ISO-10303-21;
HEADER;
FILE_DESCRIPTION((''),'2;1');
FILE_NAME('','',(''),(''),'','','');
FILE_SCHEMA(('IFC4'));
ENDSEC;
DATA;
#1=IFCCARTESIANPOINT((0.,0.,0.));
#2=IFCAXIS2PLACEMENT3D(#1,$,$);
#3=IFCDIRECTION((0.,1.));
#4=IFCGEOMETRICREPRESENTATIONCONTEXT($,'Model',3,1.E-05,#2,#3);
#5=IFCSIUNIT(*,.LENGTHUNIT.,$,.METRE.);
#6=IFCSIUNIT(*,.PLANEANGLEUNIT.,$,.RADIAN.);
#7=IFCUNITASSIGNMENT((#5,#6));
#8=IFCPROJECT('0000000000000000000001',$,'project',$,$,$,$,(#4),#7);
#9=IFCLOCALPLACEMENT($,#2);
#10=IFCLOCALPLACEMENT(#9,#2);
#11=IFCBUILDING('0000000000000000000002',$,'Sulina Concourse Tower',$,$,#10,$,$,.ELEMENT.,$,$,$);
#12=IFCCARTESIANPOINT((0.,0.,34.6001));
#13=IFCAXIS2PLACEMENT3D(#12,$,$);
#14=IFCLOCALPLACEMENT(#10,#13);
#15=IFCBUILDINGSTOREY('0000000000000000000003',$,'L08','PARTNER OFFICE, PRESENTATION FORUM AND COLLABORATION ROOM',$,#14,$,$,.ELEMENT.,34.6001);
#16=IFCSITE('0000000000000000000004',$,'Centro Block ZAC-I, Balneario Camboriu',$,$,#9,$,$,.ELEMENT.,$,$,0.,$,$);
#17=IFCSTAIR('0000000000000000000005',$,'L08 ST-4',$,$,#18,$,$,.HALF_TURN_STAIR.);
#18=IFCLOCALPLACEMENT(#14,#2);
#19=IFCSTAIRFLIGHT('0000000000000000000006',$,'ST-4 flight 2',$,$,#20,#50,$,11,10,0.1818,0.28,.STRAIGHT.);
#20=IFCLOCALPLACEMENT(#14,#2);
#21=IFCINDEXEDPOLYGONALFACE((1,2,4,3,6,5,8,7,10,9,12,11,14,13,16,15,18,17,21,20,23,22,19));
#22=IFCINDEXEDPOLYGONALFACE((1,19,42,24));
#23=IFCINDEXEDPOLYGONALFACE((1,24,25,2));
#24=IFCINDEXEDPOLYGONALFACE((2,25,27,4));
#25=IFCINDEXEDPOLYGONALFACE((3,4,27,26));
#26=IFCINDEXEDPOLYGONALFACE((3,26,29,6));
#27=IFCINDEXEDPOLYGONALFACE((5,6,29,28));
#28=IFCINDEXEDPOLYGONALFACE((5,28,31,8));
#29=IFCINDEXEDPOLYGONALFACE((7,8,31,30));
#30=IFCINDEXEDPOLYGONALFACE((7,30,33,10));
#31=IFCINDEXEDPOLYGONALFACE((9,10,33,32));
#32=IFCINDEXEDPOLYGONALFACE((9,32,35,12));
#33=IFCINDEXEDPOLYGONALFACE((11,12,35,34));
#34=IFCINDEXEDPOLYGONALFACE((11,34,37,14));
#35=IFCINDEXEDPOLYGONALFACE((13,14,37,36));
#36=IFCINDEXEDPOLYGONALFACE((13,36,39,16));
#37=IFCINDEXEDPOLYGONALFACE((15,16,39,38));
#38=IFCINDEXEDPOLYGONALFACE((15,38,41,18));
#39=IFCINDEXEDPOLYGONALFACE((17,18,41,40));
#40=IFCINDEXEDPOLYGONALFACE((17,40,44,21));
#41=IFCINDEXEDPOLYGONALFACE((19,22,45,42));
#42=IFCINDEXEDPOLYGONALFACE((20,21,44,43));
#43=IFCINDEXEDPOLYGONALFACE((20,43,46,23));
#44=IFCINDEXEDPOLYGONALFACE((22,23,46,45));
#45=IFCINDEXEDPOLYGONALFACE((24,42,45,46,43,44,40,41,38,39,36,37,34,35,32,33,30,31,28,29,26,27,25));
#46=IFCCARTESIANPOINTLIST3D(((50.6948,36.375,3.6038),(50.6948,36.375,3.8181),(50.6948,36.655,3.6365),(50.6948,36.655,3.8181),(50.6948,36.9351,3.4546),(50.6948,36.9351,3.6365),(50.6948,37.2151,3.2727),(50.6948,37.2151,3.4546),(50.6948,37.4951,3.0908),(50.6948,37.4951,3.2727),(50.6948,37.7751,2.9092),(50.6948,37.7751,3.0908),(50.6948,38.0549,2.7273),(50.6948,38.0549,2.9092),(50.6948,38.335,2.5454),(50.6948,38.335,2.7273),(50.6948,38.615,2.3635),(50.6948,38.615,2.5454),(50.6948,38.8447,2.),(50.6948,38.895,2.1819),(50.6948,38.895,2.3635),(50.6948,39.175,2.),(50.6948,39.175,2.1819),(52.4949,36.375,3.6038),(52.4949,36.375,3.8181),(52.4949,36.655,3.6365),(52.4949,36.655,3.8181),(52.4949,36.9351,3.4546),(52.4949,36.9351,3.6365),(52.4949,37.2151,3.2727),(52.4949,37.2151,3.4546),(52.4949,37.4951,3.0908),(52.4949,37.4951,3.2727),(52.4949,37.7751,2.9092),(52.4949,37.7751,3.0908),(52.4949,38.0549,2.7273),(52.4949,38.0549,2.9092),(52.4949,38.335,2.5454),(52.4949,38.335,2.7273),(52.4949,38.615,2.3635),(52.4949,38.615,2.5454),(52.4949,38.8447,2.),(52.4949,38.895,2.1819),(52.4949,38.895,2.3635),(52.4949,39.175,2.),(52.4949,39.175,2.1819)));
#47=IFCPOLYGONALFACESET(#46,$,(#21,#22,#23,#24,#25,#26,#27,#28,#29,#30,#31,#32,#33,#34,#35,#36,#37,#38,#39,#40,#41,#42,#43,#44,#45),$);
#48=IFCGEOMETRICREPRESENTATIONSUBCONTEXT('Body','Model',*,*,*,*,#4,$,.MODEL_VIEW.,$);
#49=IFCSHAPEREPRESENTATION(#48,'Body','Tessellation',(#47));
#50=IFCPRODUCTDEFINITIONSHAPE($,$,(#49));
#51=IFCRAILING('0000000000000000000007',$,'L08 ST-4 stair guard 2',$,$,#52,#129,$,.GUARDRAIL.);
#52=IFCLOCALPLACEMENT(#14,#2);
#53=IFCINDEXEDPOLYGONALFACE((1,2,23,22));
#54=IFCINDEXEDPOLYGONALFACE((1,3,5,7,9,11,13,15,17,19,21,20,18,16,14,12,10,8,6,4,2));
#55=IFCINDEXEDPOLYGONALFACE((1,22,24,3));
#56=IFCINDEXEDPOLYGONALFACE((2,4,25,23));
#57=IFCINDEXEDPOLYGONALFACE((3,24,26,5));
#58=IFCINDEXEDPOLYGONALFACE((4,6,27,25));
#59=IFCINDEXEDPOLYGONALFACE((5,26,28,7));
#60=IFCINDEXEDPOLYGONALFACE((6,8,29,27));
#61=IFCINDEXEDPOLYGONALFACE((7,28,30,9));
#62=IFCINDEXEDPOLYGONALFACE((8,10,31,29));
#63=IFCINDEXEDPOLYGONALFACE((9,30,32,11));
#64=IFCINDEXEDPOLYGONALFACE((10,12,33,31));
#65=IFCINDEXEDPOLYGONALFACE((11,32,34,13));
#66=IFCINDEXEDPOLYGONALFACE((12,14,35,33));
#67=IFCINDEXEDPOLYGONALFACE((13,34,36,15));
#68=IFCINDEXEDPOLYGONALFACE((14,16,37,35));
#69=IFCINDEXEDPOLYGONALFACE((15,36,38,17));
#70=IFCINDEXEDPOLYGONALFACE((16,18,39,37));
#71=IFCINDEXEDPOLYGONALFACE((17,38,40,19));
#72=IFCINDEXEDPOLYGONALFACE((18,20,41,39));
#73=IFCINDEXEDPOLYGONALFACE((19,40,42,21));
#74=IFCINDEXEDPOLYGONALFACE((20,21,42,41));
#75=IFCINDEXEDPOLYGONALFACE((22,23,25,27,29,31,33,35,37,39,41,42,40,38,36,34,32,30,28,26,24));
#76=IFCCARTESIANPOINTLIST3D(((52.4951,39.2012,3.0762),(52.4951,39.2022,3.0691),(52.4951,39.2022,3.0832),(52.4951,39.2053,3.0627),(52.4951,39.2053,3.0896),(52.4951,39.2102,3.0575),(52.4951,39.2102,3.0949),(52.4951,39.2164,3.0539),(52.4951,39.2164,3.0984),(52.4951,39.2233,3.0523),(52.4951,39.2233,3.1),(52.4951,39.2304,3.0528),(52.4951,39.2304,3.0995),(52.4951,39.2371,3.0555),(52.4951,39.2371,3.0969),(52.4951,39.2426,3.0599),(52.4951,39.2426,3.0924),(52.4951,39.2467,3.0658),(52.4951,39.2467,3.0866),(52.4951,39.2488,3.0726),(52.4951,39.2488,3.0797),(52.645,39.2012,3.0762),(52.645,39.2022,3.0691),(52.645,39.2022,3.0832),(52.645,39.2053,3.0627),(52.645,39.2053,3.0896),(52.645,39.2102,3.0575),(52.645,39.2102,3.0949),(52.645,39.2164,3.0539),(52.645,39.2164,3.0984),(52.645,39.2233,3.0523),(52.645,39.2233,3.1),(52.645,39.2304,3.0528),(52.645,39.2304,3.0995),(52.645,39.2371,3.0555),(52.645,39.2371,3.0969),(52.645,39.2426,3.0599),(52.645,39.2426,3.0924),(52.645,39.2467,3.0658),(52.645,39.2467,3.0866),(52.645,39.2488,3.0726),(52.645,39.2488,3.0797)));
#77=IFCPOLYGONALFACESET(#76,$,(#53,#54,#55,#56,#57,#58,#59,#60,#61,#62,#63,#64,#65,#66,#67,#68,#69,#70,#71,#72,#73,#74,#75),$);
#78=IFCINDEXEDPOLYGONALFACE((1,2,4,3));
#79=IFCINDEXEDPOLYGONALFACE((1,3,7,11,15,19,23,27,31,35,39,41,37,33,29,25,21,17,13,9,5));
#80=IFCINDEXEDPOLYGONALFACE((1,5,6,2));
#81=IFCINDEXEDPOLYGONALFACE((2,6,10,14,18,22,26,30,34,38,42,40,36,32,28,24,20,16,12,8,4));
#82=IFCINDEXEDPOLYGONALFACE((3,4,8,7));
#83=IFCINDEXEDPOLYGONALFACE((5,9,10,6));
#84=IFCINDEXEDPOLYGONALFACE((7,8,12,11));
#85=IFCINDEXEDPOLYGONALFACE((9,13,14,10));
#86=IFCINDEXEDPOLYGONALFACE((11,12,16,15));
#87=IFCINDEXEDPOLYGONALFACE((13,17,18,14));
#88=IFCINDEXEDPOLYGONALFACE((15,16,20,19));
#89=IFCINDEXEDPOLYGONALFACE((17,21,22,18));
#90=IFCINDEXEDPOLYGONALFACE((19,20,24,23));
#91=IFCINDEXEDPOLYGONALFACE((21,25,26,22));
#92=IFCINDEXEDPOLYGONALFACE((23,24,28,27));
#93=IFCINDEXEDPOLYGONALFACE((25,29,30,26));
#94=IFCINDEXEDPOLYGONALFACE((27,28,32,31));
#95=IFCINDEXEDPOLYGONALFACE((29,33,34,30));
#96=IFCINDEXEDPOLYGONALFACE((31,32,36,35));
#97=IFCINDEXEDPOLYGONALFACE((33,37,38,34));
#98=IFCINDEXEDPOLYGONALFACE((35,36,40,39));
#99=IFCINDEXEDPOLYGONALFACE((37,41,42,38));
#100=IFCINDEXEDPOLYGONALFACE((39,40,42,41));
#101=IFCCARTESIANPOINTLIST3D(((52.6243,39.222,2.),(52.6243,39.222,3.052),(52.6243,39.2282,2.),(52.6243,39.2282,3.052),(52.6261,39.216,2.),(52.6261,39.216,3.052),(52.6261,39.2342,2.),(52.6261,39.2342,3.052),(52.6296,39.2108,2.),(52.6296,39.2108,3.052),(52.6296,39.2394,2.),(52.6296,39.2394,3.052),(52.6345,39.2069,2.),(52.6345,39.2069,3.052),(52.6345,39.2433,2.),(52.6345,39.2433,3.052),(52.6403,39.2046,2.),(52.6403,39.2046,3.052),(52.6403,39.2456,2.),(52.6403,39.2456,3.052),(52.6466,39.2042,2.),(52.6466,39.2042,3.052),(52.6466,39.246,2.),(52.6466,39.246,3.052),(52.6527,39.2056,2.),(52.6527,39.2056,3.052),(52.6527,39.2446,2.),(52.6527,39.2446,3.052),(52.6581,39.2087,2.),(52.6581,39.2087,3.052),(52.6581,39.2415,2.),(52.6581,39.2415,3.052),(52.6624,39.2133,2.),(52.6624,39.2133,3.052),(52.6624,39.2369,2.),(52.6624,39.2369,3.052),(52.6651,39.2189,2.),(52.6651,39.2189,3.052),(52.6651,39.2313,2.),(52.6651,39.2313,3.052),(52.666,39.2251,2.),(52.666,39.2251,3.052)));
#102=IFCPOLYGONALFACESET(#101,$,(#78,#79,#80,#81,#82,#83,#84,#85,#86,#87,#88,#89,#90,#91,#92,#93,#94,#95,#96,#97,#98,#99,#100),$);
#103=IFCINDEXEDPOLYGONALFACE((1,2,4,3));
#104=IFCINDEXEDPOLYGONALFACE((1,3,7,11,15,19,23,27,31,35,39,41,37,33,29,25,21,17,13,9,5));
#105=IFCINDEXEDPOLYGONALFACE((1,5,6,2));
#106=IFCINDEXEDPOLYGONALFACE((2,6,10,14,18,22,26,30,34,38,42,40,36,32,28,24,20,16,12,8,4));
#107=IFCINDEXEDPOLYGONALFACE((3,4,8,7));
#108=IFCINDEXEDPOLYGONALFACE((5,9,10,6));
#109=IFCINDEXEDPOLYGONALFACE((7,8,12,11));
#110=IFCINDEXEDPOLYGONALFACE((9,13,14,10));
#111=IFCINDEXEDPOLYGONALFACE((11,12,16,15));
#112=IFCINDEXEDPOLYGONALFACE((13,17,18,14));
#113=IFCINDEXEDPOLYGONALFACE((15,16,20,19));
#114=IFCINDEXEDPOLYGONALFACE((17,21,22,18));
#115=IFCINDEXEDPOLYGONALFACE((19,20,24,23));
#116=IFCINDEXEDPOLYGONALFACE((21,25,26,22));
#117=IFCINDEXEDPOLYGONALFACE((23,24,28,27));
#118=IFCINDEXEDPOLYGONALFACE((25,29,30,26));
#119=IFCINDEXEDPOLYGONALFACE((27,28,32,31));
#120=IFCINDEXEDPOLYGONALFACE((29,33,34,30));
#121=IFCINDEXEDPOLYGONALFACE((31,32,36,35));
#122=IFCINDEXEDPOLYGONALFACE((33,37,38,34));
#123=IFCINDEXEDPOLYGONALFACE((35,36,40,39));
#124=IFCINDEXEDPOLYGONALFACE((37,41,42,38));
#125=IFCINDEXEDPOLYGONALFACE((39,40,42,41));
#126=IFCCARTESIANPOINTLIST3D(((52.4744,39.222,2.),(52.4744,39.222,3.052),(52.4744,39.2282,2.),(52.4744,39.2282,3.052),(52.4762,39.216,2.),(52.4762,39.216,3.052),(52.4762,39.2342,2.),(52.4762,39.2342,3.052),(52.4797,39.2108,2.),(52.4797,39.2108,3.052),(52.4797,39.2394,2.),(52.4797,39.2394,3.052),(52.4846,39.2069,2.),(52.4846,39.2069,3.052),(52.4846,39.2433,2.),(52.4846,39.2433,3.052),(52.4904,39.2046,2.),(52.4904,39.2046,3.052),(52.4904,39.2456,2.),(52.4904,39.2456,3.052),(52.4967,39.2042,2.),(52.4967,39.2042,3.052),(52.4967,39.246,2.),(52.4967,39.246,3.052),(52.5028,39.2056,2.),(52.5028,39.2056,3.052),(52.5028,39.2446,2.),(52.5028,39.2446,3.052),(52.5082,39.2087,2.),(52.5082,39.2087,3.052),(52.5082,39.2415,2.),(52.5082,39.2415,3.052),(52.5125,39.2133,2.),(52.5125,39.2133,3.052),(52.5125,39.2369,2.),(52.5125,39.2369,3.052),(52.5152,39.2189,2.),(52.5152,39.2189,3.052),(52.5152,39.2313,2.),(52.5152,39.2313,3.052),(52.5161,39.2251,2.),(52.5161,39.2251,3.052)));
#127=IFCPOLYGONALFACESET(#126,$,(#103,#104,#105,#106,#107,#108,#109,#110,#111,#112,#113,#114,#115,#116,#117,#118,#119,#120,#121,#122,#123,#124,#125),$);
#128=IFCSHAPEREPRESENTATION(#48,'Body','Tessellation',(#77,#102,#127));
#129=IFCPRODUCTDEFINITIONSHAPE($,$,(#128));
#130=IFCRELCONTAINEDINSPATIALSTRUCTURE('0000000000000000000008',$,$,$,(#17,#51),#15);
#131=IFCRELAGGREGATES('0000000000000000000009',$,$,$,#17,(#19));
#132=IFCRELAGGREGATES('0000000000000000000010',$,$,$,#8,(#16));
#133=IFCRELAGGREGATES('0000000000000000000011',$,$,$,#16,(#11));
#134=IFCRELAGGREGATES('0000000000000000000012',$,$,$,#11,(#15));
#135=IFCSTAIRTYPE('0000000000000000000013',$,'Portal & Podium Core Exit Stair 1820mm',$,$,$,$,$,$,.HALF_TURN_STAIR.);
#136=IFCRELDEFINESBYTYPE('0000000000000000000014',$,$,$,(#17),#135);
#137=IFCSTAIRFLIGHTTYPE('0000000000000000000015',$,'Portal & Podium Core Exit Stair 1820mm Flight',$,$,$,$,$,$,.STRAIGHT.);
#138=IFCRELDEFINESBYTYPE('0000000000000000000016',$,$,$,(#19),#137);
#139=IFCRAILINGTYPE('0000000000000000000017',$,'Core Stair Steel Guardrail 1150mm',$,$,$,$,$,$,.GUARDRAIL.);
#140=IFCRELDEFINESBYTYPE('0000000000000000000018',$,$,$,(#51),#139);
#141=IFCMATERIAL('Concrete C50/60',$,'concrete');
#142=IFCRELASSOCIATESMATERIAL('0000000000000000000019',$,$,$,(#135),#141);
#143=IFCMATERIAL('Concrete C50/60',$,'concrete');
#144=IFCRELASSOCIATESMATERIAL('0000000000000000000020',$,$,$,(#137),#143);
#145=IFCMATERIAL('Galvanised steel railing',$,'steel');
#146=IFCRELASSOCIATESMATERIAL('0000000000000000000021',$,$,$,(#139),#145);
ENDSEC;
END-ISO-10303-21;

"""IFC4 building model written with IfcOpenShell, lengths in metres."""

from ifc_helpers import new_model, si_unit, direction, frame, origin, origin_2d, place, context, subcontext, project, spatial, polyline, circle, outline, extrude, material, type_object, element, aggregate, save


model = new_model("IFC4")

# Units and contexts
model_context = context("Model", 3, precision=1e-05, world=origin(), true_north=direction((0.0, 1.0)))
body_context = subcontext(model_context, "Body", "Model", "MODEL_VIEW")
ifc_project = project(units=[si_unit("LENGTHUNIT", "METRE"), si_unit("PLANEANGLEUNIT", "RADIAN")], contexts=[model_context])

# Site, building, storey
site_placement = place(None, origin())
site = spatial("IfcSite", under=ifc_project, at=site_placement, Name="Centro Block ZAC-I, Balneario Camboriu", CompositionType="ELEMENT", RefElevation=0.0)
building_placement = place(site_placement, origin())
building = spatial("IfcBuilding", under=site, at=building_placement, Name="Sulina Concourse Tower", CompositionType="ELEMENT")
storey_placement = place(building_placement, frame((0.0, 0.0, 34.6001)))
storey = spatial("IfcBuildingStorey", under=building, at=storey_placement, Name="L08", Description="PARTNER OFFICE, PRESENTATION FORUM AND COLLABORATION ROOM", CompositionType="ELEMENT", Elevation=34.6001)

# Stair, stair flight
ifc_material_1 = material(Name="Concrete C50/60", Category="concrete")
stair_type = type_object("IfcStairType", Name="Portal & Podium Core Exit Stair 1820mm", PredefinedType="HALF_TURN_STAIR", material=ifc_material_1)
stair_placement = place(storey_placement, origin())
stair = element("IfcStair", 1, at=stair_placement, inside=storey, type_object=stair_type, Name="L08 ST-4", PredefinedType="HALF_TURN_STAIR")
ifc_material_2 = material(Name="Concrete C50/60", Category="concrete")
stair_flight_type = type_object("IfcStairFlightType", Name="Portal & Podium Core Exit Stair 1820mm Flight", PredefinedType="STRAIGHT", material=ifc_material_2)
stair_flight_placement = place(storey_placement, frame((51.595, 39.175, 2.0), z_axis=(0.0, 0.0, 1.0), x_axis=(0.0, -1.0, 0.0)))
stair_flight = element("IfcStairFlight", 2, at=stair_flight_placement, type_object=stair_flight_type, Name="ST-4 flight 2", NumberOfRisers=11, NumberOfTreads=10, PredefinedType="STRAIGHT", RiserHeight=0.1818, TreadLength=0.28, context=body_context, shape_type="SweptSolid", body=[
    extrude(outline(polyline([(0.0, 0.0), (0.0, 0.1819), (0.28, 0.1819), (0.28, 0.3635), (0.5601, 0.3635), (0.5601, 0.5454), (0.8401, 0.5454), (0.8401, 0.7273), (1.1201, 0.7273), (1.1201, 0.9092), (1.3999, 0.9092), (1.3999, 1.0908), (1.6799, 1.0908), (1.6799, 1.2727), (1.96, 1.2727), (1.96, 1.4546), (2.24, 1.4546), (2.24, 1.6365), (2.52, 1.6365), (2.52, 1.8181), (2.8, 1.8181), (2.8, 2.0), (2.8, 1.6038), (0.3303, 0.0), (0.0, 0.0)])), frame((0.0, 0.8999, 0.0), z_axis=(0.0, -1.0, 0.0), x_axis=(1.0, 0.0, 0.0)), (0.0, 0.0, 1.0), 1.8),
])
aggregate(stair, [stair_flight])

# Railing
ifc_material_3 = material(Name="Galvanised steel railing", Category="steel")
railing_type_1 = type_object("IfcRailingType", Name="Core Stair Steel Guardrail 1150mm", PredefinedType="GUARDRAIL", material=ifc_material_3)
railing_1_placement = place(storey_placement, frame((52.645, 39.2251, 2.0)))
element("IfcRailing", 3, at=railing_1_placement, inside=storey, type_object=railing_type_1, Name="L08 ST-4 stair guard 2", PredefinedType="GUARDRAIL", context=body_context, shape_type="SweptSolid", body=[
    extrude(circle(Radius=0.0239, at=origin_2d()), frame((0.0, 0.0, 1.0762), z_axis=(-1.0, 0.0, 0.0), x_axis=(0.0, -1.0, 0.0)), (0.0, 0.0, 1.0), 0.1499),
    extrude(circle(Radius=0.021, at=origin_2d()), origin(), (0.0, 0.0, 1.0), 1.052),
    extrude(circle(Radius=0.021, at=origin_2d()), frame((-0.1499, 0.0, 0.0)), (0.0, 0.0, 1.0), 1.052),
])

save(model, "model.ifc")
